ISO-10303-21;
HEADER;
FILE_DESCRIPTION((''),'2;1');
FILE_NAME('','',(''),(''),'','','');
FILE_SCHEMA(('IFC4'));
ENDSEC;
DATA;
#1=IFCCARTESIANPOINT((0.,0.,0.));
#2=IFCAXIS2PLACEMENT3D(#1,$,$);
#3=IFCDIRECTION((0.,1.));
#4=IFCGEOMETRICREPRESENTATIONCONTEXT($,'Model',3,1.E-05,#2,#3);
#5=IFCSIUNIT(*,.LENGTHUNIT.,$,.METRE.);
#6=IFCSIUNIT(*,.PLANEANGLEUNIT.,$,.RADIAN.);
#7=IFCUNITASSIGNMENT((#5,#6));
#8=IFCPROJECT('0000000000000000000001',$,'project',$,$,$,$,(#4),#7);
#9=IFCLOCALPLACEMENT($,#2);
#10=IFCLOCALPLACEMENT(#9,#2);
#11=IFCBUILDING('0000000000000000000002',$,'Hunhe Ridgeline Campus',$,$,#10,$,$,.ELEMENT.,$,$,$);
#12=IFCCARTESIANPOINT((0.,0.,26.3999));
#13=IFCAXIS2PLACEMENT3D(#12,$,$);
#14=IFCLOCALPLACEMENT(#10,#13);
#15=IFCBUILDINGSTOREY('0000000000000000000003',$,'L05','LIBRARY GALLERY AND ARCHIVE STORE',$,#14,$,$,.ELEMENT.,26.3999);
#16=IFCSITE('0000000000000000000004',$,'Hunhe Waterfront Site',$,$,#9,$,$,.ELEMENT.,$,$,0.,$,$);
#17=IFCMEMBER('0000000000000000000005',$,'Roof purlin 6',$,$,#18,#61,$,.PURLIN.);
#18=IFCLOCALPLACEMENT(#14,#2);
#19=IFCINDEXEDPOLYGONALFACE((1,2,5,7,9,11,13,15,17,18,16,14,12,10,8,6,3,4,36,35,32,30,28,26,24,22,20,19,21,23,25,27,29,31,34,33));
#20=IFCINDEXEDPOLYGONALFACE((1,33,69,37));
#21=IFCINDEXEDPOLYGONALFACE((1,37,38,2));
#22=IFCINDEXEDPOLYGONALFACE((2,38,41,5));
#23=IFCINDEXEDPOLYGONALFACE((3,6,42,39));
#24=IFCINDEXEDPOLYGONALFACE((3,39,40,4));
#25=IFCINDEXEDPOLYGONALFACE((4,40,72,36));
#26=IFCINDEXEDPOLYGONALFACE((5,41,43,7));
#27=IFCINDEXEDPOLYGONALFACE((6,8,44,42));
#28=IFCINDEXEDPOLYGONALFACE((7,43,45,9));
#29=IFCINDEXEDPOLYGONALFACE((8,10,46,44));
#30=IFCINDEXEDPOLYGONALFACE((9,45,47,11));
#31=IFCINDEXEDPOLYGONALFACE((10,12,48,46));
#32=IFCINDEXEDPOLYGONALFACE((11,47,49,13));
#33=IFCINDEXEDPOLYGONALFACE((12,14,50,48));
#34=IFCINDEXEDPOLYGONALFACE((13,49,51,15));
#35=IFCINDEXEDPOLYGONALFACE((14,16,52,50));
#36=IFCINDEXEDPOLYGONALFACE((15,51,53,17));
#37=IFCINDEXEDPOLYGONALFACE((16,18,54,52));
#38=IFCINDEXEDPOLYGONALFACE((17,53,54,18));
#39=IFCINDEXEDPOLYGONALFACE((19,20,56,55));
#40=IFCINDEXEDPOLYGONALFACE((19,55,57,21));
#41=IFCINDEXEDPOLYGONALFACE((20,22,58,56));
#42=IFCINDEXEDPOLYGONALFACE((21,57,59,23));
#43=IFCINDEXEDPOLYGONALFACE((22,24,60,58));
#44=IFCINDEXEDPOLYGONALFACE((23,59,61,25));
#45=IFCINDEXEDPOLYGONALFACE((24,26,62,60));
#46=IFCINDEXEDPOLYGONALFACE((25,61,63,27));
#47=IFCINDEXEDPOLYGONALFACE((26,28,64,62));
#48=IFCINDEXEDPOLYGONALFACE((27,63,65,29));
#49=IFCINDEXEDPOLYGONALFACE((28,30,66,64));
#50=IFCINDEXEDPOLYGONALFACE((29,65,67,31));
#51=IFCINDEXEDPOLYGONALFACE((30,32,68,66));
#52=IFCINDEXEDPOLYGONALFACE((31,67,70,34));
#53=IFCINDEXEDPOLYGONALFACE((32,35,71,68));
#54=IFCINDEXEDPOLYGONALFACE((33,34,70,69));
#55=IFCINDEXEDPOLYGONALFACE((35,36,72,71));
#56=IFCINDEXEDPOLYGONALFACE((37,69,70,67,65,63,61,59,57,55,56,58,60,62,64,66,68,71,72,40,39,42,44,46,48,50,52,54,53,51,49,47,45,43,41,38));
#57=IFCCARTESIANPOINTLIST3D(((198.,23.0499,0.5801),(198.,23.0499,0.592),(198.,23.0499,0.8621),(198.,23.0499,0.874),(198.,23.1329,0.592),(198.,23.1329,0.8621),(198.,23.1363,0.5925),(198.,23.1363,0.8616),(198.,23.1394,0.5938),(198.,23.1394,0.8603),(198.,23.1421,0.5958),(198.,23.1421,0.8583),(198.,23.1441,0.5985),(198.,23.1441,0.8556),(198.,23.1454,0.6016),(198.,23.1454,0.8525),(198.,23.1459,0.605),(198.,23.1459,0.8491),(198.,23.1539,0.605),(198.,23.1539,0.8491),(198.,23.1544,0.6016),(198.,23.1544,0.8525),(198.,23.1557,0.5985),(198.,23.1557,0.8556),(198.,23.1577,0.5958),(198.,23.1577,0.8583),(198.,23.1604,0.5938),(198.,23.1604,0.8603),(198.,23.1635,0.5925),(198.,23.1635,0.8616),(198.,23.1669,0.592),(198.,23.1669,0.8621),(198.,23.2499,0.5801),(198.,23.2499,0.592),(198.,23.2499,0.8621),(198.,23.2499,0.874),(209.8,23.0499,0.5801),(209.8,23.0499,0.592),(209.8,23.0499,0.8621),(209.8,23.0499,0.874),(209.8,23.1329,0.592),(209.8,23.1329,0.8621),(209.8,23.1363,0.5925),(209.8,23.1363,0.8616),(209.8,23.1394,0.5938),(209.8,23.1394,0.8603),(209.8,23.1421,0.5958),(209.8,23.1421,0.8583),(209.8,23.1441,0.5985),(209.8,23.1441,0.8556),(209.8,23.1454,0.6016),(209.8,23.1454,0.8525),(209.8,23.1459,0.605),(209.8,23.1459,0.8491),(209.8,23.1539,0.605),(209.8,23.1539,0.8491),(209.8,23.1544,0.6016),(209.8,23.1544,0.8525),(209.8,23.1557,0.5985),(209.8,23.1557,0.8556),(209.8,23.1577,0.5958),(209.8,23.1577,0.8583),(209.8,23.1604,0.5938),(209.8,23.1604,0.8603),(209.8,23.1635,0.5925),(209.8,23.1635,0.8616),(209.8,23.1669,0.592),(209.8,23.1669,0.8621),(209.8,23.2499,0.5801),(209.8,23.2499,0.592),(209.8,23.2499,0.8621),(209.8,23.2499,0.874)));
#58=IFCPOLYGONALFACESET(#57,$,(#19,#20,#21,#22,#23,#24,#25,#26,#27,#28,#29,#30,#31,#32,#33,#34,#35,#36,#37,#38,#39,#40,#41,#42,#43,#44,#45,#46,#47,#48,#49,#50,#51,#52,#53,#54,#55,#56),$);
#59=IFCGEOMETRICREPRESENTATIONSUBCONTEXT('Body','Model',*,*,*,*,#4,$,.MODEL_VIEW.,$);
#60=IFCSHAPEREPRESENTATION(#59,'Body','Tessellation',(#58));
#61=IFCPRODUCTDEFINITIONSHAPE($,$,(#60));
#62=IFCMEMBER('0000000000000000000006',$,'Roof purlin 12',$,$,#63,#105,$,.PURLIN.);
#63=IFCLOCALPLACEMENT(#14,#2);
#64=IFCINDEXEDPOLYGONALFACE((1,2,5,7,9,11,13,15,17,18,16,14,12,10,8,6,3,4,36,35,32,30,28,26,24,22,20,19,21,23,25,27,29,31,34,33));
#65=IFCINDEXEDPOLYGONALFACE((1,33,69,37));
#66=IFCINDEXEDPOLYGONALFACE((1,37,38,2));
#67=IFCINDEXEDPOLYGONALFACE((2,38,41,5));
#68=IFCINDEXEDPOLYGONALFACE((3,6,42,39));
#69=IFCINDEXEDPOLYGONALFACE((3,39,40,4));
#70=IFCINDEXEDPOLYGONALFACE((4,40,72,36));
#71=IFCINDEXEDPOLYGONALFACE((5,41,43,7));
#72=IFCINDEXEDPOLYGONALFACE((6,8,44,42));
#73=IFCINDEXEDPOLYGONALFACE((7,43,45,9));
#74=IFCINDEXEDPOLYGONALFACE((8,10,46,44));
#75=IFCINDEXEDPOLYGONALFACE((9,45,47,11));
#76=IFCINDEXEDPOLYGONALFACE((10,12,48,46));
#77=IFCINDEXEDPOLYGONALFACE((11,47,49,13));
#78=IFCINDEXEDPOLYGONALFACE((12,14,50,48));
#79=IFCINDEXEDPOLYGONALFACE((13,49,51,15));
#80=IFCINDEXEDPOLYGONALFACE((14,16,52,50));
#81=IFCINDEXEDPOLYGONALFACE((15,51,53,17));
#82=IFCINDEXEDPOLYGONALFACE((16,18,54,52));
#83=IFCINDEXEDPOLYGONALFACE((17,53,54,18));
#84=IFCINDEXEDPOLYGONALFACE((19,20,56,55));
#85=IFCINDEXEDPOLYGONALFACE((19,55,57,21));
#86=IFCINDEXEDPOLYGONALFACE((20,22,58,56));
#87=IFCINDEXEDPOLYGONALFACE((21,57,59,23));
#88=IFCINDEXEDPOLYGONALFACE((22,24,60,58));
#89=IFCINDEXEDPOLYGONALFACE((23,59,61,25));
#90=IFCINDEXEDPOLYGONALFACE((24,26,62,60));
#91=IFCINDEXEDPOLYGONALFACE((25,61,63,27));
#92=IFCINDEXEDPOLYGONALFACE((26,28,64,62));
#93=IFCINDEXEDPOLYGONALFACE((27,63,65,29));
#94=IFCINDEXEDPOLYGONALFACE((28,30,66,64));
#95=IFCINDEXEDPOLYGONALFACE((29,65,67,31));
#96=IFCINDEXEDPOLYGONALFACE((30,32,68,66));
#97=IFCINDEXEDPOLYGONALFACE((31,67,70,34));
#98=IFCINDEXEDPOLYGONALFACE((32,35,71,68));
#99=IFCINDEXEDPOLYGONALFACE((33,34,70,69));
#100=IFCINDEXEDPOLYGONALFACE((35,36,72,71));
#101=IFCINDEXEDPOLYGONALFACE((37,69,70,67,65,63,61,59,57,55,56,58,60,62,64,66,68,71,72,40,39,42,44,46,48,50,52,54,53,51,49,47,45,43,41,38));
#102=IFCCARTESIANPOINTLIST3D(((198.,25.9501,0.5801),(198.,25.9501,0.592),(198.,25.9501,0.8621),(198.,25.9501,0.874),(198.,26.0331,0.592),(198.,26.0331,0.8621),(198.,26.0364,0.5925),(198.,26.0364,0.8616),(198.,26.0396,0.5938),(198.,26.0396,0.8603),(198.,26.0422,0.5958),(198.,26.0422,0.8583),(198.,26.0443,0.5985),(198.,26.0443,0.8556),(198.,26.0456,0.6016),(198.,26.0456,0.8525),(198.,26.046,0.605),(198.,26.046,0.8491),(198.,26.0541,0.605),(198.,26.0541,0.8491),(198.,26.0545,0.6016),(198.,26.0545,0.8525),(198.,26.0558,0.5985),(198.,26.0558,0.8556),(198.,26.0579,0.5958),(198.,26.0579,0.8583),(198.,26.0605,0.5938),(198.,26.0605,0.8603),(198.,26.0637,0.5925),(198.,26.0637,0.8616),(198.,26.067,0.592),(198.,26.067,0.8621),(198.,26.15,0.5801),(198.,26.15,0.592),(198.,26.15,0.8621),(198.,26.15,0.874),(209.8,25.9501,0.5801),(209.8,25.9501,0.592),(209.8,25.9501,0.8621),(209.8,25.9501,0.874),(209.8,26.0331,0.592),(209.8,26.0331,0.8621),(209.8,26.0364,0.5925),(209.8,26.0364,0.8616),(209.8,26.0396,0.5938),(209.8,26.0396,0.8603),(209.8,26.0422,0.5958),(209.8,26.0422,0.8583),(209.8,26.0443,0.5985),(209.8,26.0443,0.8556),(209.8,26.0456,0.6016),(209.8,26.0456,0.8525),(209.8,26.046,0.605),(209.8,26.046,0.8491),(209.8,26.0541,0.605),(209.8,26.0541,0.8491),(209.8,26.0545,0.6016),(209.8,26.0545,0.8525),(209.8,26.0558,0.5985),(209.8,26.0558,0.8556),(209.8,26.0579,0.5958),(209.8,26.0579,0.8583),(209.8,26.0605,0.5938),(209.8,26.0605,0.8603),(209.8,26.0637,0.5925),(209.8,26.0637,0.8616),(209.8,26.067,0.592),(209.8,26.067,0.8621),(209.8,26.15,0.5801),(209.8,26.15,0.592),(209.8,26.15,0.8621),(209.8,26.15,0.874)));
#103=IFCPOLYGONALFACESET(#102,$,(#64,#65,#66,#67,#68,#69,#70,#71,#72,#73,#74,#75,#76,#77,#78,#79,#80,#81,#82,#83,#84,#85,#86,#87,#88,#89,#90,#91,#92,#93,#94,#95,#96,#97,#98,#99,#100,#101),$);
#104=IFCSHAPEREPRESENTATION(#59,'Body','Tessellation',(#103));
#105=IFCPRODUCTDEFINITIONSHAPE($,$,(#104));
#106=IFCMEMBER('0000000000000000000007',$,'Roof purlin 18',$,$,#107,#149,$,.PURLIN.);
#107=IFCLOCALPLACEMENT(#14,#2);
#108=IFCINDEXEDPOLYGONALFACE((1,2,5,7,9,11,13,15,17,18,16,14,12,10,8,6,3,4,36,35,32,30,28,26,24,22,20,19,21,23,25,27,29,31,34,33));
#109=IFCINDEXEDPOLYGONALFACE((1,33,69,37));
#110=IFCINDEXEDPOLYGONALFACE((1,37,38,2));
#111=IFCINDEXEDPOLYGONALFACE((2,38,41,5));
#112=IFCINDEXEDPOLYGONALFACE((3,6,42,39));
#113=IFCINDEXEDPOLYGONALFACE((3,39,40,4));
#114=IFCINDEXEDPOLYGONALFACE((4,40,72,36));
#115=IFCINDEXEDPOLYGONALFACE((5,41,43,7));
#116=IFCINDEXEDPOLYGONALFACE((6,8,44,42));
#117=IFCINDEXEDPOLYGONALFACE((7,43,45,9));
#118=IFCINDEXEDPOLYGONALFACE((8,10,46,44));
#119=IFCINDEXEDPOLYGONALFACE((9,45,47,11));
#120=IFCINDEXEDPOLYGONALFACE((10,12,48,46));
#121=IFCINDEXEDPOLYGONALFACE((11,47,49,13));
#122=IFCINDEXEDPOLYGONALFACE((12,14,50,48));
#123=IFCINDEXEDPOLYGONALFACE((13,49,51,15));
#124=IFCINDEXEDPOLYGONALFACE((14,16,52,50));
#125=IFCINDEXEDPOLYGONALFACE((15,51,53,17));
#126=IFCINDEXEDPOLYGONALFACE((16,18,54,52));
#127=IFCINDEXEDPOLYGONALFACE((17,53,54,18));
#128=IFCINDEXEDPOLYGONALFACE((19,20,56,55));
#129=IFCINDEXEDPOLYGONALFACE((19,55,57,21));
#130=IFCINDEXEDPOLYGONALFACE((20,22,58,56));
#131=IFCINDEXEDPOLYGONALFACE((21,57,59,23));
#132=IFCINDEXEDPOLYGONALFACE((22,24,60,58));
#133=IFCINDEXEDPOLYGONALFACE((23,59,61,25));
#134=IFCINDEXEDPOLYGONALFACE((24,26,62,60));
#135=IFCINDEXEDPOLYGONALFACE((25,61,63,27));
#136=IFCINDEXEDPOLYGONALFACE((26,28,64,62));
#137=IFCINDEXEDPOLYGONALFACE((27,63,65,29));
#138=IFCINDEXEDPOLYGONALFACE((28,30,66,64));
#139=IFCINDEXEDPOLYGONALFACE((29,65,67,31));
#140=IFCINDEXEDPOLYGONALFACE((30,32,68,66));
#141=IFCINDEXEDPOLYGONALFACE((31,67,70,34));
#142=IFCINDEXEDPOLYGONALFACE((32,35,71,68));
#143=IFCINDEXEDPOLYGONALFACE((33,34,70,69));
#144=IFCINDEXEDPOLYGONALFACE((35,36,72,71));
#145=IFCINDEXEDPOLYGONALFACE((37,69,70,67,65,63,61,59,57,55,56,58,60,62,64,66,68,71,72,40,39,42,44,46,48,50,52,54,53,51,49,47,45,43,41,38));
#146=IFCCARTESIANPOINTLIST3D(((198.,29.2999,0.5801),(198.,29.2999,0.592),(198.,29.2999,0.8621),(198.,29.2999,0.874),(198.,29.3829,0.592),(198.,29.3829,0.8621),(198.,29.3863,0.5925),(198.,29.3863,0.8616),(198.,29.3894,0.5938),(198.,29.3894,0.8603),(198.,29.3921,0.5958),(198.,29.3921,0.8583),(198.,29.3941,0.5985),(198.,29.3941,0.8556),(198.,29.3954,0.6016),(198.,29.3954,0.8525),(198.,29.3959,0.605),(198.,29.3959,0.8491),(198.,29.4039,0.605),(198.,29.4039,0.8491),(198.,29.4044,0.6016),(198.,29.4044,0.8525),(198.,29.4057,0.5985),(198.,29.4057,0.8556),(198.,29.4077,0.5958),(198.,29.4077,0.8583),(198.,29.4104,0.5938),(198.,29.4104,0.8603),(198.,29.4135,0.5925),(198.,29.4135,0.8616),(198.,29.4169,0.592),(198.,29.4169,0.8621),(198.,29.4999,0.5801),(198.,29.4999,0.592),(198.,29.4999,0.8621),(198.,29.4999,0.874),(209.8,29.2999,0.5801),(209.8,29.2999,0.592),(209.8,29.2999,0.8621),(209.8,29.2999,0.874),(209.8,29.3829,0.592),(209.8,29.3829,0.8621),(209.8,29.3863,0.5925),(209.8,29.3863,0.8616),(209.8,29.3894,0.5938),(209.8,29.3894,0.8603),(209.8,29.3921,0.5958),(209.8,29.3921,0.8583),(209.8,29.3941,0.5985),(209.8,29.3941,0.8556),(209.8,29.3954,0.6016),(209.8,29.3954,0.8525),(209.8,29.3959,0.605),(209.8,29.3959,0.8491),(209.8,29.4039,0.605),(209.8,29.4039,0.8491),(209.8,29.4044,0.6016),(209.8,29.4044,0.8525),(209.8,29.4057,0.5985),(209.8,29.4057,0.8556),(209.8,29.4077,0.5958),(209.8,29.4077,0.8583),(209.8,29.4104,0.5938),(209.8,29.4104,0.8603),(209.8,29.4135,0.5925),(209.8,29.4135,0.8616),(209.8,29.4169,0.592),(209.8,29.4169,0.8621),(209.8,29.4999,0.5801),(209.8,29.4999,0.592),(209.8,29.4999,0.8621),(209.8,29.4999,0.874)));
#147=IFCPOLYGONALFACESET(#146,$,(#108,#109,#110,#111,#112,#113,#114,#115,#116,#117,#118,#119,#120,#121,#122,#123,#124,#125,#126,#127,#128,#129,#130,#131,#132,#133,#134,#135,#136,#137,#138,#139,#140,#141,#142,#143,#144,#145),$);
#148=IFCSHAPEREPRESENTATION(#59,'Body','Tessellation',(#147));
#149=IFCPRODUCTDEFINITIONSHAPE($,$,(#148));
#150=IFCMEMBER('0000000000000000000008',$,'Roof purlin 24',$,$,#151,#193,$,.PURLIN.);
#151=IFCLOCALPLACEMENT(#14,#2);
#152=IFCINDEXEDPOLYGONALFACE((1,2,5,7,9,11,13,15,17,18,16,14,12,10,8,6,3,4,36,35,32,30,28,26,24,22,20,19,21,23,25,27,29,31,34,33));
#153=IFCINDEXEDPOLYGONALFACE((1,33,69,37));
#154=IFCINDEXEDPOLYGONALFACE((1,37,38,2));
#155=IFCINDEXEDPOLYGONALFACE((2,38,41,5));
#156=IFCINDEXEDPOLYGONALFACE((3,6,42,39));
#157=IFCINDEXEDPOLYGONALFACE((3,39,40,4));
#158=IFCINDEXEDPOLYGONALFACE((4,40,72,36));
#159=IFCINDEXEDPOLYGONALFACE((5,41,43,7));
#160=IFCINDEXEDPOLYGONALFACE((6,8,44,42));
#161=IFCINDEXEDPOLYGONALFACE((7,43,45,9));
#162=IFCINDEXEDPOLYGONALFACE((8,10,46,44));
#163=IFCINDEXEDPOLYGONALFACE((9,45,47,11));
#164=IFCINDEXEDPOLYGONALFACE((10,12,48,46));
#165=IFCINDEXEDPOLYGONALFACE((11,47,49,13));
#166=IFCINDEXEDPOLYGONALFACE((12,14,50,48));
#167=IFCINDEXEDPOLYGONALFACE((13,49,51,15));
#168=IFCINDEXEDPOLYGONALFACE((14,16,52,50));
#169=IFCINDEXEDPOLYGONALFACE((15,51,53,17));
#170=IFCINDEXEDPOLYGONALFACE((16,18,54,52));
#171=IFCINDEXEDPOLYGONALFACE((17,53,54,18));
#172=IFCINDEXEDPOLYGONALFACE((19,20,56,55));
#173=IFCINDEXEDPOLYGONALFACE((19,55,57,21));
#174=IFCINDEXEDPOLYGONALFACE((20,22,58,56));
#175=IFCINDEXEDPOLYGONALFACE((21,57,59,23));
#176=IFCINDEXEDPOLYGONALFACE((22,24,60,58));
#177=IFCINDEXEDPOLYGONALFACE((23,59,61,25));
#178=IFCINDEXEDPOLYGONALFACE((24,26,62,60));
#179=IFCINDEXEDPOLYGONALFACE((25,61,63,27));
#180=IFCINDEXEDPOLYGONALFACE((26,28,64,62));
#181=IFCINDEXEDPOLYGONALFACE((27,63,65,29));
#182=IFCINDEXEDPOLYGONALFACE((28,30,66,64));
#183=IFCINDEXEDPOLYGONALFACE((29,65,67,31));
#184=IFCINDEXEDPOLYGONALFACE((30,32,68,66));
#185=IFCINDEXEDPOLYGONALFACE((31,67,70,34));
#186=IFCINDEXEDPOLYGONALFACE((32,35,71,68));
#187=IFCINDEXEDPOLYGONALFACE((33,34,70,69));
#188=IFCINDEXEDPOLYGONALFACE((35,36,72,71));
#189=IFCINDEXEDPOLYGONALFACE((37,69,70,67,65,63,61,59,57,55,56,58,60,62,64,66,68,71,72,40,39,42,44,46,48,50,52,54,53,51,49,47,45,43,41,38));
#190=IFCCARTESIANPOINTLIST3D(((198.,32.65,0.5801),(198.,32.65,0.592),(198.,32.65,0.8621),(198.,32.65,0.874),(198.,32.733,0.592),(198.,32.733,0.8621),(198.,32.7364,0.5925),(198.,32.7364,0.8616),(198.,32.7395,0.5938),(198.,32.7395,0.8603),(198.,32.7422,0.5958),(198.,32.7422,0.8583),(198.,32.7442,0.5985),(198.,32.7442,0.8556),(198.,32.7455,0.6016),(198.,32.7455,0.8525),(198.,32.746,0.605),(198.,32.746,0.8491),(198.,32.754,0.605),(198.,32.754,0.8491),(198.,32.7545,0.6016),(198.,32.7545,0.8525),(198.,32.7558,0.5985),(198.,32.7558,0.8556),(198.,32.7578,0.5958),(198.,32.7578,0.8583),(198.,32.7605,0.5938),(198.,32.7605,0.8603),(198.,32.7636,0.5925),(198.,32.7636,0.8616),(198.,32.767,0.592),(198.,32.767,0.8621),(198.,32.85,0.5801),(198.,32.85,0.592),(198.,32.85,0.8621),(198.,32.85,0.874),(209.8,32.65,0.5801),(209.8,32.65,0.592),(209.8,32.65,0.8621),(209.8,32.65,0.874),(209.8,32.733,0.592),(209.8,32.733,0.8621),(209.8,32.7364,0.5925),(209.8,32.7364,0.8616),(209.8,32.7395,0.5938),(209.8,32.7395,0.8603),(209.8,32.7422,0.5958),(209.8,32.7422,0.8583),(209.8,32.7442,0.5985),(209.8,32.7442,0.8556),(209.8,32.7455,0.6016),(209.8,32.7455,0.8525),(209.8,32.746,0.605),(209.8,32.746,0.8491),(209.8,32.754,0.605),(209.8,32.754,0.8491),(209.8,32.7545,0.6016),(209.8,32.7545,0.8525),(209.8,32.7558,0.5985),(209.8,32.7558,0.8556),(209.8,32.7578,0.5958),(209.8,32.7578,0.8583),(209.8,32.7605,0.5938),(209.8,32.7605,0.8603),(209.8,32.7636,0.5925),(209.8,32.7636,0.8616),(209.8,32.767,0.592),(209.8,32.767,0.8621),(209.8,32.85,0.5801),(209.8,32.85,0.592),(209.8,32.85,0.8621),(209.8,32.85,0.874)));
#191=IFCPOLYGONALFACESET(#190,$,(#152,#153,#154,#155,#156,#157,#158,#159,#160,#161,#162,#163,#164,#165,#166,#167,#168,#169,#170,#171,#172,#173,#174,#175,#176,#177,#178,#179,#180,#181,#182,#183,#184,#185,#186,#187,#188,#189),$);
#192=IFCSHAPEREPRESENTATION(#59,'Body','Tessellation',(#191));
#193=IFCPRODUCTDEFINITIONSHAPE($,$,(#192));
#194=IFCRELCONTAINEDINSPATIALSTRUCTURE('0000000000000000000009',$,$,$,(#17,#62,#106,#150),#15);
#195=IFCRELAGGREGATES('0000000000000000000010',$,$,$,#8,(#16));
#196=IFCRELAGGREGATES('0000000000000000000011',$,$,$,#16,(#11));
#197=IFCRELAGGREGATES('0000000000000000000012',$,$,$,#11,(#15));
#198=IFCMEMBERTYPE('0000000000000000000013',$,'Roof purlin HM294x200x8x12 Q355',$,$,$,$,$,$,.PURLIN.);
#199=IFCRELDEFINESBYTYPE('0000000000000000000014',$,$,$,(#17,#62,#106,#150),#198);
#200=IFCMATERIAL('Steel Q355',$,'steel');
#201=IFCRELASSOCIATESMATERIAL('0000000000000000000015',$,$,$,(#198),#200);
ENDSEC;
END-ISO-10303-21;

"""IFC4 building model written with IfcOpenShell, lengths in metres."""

from ifc_helpers import new_model, si_unit, direction, frame, origin, origin_2d, place, context, subcontext, project, spatial, i_section, extrude, material, material_profile, profile_set, type_object, element, save


model = new_model("IFC4")

# Units and contexts
model_context = context("Model", 3, precision=1e-05, world=origin(), true_north=direction((0.0, 1.0)))
body_context = subcontext(model_context, "Body", "Model", "MODEL_VIEW")
ifc_project = project(units=[si_unit("LENGTHUNIT", "METRE"), si_unit("PLANEANGLEUNIT", "RADIAN")], contexts=[model_context])

# Site, building, storey
site_placement = place(None, origin())
site = spatial("IfcSite", under=ifc_project, at=site_placement, Name="Hunhe Waterfront Site", CompositionType="ELEMENT", RefElevation=0.0)
building_placement = place(site_placement, origin())
building = spatial("IfcBuilding", under=site, at=building_placement, Name="Hunhe Ridgeline Campus", CompositionType="ELEMENT")
storey_placement = place(building_placement, frame((0.0, 0.0, 26.3999)))
storey = spatial("IfcBuildingStorey", under=building, at=storey_placement, Name="L05", Description="LIBRARY GALLERY AND ARCHIVE STORE", CompositionType="ELEMENT", Elevation=26.3999)

# Members
ifc_material = material(Name="Steel Q355", Category="steel")
ifc_material_profile_1 = material_profile(ifc_material, i_section(OverallWidth=0.2, OverallDepth=0.2939, WebThickness=0.0081, FlangeThickness=0.012, FilletRadius=0.0129, at=origin_2d()))
ifc_profile_set_1 = profile_set([ifc_material_profile_1], Name="Steel Q355")
member_type_1 = type_object("IfcMemberType", Name="Roof purlin HM294x200x8x12 Q355", PredefinedType="PURLIN", material=ifc_profile_set_1)
for number, where, z_axis, x_axis, name in (
    (1, (198.0, 23.1499, 0.7271), (1.0, 0.0, 0.0), (0.0, 1.0, 0.0), "Roof purlin 6"),
    (2, (198.0, 26.05, 0.7271), (1.0, 0.0, 0.0), (0.0, 1.0, 0.0), "Roof purlin 12"),
    (3, (198.0, 29.3999, 0.7271), (1.0, 0.0, 0.0), (0.0, 1.0, 0.0), "Roof purlin 18"),
    (4, (198.0, 32.75, 0.7271), (1.0, 0.0, 0.0), (0.0, 1.0, 0.0), "Roof purlin 24"),
):
    element("IfcMember", number, at=place(storey_placement, frame(where, z_axis=z_axis, x_axis=x_axis)), inside=storey, type_object=member_type_1, Name=name, PredefinedType="PURLIN", context=body_context, shape_type="SweptSolid", body=[
        extrude(i_section(OverallWidth=0.2, OverallDepth=0.2939, WebThickness=0.0081, FlangeThickness=0.012, FilletRadius=0.0129, at=origin_2d()), origin(), (0.0, 0.0, 1.0), 11.8),
    ])

save(model, "model.ifc")
